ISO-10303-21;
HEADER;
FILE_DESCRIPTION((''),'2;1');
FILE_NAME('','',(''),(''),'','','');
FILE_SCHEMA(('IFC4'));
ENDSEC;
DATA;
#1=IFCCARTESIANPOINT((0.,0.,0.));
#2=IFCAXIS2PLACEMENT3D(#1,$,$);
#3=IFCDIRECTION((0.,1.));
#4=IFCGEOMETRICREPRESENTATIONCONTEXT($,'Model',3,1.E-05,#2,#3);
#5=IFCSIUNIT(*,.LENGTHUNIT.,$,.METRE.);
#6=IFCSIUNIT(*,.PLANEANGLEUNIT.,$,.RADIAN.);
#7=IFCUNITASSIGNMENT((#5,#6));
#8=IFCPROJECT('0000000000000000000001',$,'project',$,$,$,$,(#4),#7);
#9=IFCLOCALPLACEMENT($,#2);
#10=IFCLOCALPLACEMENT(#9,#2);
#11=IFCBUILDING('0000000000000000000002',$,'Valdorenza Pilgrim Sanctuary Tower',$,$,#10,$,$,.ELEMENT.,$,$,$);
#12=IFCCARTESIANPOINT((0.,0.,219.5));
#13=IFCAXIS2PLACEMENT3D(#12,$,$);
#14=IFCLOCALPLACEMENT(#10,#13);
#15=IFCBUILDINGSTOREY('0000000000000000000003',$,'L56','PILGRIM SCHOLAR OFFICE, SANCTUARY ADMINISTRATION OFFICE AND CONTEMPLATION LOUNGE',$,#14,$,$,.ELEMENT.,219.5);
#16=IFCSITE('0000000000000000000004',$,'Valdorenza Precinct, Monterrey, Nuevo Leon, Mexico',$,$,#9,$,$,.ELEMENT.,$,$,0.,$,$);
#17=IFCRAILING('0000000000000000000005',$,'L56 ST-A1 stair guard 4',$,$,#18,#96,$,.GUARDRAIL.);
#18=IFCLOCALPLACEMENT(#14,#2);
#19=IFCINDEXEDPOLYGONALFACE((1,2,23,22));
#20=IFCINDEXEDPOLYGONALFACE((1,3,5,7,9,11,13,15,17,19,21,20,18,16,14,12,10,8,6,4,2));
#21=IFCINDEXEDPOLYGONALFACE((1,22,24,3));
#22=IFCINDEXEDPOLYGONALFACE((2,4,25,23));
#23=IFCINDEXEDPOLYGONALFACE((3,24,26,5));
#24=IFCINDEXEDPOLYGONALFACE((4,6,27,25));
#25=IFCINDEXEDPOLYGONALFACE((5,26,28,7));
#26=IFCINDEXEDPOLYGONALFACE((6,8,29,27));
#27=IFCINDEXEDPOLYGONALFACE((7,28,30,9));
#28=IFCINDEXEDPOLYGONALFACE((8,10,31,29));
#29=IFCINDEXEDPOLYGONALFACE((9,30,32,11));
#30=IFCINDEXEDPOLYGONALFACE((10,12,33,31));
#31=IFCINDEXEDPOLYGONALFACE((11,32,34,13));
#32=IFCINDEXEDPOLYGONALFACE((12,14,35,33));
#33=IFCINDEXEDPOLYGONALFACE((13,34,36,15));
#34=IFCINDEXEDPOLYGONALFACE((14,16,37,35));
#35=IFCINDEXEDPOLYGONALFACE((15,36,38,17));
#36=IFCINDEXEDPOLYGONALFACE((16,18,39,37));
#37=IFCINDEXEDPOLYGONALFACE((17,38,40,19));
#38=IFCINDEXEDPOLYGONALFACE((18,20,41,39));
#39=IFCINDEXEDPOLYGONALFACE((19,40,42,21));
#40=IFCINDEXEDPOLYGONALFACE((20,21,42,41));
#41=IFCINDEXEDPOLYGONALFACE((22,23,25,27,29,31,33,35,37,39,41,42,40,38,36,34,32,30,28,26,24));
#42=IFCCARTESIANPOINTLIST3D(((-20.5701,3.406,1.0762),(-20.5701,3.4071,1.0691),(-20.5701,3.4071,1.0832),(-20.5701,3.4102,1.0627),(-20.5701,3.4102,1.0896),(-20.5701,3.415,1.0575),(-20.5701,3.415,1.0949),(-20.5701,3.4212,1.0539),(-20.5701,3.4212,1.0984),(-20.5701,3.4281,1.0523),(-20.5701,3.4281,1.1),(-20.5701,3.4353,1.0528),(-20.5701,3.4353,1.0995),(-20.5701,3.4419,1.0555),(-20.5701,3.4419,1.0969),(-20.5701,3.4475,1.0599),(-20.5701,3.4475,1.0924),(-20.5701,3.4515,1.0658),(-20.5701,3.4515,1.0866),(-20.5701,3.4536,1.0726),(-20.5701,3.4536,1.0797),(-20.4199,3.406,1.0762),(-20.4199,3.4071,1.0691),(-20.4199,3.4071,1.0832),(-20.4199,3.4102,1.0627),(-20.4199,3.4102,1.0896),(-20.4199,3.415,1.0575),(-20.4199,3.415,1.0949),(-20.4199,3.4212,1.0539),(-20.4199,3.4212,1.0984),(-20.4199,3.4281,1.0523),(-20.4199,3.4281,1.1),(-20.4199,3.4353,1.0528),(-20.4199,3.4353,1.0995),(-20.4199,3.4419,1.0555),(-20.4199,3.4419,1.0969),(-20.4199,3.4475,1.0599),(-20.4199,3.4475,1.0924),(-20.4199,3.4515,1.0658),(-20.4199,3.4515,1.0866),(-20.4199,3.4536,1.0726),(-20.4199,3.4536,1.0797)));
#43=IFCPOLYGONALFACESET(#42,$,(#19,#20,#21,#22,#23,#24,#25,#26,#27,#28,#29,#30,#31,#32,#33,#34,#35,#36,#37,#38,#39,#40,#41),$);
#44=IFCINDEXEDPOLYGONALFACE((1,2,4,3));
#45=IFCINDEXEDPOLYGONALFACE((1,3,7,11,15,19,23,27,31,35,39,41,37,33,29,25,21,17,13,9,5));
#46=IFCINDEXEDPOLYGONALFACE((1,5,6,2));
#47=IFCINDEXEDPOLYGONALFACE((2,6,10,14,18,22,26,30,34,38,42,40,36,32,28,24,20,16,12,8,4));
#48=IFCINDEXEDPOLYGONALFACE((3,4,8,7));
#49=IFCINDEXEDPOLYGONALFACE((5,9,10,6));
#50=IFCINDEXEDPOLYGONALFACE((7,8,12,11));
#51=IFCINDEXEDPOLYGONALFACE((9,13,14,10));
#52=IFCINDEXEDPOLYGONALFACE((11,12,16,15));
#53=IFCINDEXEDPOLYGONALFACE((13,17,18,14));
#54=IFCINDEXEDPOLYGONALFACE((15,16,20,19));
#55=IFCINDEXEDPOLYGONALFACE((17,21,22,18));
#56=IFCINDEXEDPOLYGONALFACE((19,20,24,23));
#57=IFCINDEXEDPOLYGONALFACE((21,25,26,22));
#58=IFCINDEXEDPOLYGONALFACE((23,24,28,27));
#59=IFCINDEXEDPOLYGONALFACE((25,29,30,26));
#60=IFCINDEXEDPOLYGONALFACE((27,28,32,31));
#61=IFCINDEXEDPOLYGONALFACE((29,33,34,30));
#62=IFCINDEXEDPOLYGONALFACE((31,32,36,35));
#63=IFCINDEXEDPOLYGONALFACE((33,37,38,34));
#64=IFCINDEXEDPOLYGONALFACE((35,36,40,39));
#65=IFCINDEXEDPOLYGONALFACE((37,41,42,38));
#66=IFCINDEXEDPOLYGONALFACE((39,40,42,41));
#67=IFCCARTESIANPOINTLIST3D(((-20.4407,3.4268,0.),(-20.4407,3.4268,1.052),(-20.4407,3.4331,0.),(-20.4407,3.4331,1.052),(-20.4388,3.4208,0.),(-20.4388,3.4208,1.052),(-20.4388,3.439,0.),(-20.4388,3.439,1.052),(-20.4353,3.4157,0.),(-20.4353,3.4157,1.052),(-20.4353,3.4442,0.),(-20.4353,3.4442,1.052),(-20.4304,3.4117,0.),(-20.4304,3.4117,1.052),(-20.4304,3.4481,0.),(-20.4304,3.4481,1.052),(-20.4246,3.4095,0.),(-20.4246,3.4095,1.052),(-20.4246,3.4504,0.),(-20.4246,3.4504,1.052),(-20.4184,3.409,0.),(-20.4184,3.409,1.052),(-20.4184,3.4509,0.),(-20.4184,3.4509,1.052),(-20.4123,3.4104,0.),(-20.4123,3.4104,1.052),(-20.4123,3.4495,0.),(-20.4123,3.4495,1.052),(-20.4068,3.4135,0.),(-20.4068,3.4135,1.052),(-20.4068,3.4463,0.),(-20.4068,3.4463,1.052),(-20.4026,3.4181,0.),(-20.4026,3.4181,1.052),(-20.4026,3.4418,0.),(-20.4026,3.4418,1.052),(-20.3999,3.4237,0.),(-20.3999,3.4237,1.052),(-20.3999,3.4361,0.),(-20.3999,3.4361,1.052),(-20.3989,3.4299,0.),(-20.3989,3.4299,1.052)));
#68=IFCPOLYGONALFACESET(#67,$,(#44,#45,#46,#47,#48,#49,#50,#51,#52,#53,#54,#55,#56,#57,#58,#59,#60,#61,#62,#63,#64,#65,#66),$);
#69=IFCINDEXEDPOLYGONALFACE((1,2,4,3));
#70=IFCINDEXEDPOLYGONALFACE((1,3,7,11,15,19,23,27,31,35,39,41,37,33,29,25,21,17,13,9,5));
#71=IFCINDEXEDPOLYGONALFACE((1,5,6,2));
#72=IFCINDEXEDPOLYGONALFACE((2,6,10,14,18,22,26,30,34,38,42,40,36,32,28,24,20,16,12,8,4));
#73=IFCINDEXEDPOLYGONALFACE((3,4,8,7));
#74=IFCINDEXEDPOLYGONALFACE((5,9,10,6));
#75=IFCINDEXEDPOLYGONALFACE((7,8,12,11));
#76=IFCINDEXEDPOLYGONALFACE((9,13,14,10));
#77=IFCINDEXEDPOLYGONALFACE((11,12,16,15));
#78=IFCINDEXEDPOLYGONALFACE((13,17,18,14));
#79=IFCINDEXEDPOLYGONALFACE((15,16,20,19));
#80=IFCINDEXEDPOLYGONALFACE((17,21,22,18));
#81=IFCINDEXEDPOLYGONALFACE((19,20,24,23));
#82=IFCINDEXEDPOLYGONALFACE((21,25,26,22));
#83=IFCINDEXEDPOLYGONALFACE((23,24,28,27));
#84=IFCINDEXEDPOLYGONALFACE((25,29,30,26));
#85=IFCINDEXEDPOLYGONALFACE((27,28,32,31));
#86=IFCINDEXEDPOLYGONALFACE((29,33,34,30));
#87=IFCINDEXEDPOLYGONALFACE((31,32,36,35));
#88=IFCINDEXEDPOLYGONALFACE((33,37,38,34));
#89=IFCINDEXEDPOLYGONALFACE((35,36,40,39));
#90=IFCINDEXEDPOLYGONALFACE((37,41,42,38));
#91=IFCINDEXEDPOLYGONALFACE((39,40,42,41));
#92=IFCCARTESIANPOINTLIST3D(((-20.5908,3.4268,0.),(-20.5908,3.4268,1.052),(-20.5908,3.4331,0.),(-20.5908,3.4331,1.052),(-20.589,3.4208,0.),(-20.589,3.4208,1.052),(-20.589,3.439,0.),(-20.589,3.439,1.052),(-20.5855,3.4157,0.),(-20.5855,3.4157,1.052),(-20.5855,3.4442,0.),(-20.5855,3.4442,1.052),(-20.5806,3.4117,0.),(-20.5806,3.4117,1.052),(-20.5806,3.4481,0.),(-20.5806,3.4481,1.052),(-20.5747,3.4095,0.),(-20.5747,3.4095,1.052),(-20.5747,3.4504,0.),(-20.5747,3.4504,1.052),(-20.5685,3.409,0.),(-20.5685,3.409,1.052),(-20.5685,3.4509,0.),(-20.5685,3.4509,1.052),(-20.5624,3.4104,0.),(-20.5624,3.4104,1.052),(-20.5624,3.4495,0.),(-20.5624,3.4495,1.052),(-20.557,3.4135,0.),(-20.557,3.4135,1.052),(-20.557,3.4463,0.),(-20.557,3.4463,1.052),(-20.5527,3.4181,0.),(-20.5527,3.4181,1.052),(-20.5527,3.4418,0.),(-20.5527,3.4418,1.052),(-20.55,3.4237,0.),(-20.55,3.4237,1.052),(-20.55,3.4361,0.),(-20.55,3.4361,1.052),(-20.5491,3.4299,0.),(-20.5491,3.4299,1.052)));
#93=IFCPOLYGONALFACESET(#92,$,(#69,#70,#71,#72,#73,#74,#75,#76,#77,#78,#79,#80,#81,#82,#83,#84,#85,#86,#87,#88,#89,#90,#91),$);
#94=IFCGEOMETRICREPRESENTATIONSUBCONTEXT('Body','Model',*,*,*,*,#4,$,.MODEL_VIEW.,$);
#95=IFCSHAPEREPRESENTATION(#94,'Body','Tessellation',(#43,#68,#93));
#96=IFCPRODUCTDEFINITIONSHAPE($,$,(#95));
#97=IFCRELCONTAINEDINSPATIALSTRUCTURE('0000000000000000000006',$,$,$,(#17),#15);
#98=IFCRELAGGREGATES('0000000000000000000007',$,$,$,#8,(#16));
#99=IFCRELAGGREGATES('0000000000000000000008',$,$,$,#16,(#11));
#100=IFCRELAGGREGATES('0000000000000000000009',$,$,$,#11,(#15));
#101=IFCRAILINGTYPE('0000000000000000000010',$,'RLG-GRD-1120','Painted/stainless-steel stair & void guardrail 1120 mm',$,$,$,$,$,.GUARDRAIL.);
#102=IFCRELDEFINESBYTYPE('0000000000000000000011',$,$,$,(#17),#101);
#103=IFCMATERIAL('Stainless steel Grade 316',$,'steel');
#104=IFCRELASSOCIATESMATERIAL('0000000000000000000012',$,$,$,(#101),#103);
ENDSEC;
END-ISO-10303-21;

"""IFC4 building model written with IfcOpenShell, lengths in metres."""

from ifc_helpers import new_model, si_unit, direction, frame, origin, origin_2d, place, context, subcontext, project, spatial, circle, extrude, material, type_object, element, save


model = new_model("IFC4")

# Units and contexts
model_context = context("Model", 3, precision=1e-05, world=origin(), true_north=direction((0.0, 1.0)))
body_context = subcontext(model_context, "Body", "Model", "MODEL_VIEW")
ifc_project = project(units=[si_unit("LENGTHUNIT", "METRE"), si_unit("PLANEANGLEUNIT", "RADIAN")], contexts=[model_context])

# Site, building, storey
site_placement = place(None, origin())
site = spatial("IfcSite", under=ifc_project, at=site_placement, Name="Valdorenza Precinct, Monterrey, Nuevo Leon, Mexico", CompositionType="ELEMENT", RefElevation=0.0)
building_placement = place(site_placement, origin())
building = spatial("IfcBuilding", under=site, at=building_placement, Name="Valdorenza Pilgrim Sanctuary Tower", CompositionType="ELEMENT")
storey_placement = place(building_placement, frame((0.0, 0.0, 219.5)))
storey = spatial("IfcBuildingStorey", under=building, at=storey_placement, Name="L56", Description="PILGRIM SCHOLAR OFFICE, SANCTUARY ADMINISTRATION OFFICE AND CONTEMPLATION LOUNGE", CompositionType="ELEMENT", Elevation=219.5)

# Railing
ifc_material_1 = material(Name="Stainless steel Grade 316", Category="steel")
railing_type_1 = type_object("IfcRailingType", Name="RLG-GRD-1120", Description="Painted/stainless-steel stair & void guardrail 1120 mm", PredefinedType="GUARDRAIL", material=ifc_material_1)
railing_1_placement = place(storey_placement, frame((-20.4199, 3.4299, 0.0)))
element("IfcRailing", 1, at=railing_1_placement, inside=storey, type_object=railing_type_1, Name="L56 ST-A1 stair guard 4", PredefinedType="GUARDRAIL", context=body_context, shape_type="SweptSolid", body=[
    extrude(circle(Radius=0.0239, at=origin_2d()), frame((0.0, 0.0, 1.0762), z_axis=(-1.0, 0.0, 0.0), x_axis=(0.0, -1.0, 0.0)), (0.0, 0.0, 1.0), 0.1501),
    extrude(circle(Radius=0.021, at=origin_2d()), origin(), (0.0, 0.0, 1.0), 1.052),
    extrude(circle(Radius=0.021, at=origin_2d()), frame((-0.1501, 0.0, 0.0)), (0.0, 0.0, 1.0), 1.052),
])

save(model, "model.ifc")
